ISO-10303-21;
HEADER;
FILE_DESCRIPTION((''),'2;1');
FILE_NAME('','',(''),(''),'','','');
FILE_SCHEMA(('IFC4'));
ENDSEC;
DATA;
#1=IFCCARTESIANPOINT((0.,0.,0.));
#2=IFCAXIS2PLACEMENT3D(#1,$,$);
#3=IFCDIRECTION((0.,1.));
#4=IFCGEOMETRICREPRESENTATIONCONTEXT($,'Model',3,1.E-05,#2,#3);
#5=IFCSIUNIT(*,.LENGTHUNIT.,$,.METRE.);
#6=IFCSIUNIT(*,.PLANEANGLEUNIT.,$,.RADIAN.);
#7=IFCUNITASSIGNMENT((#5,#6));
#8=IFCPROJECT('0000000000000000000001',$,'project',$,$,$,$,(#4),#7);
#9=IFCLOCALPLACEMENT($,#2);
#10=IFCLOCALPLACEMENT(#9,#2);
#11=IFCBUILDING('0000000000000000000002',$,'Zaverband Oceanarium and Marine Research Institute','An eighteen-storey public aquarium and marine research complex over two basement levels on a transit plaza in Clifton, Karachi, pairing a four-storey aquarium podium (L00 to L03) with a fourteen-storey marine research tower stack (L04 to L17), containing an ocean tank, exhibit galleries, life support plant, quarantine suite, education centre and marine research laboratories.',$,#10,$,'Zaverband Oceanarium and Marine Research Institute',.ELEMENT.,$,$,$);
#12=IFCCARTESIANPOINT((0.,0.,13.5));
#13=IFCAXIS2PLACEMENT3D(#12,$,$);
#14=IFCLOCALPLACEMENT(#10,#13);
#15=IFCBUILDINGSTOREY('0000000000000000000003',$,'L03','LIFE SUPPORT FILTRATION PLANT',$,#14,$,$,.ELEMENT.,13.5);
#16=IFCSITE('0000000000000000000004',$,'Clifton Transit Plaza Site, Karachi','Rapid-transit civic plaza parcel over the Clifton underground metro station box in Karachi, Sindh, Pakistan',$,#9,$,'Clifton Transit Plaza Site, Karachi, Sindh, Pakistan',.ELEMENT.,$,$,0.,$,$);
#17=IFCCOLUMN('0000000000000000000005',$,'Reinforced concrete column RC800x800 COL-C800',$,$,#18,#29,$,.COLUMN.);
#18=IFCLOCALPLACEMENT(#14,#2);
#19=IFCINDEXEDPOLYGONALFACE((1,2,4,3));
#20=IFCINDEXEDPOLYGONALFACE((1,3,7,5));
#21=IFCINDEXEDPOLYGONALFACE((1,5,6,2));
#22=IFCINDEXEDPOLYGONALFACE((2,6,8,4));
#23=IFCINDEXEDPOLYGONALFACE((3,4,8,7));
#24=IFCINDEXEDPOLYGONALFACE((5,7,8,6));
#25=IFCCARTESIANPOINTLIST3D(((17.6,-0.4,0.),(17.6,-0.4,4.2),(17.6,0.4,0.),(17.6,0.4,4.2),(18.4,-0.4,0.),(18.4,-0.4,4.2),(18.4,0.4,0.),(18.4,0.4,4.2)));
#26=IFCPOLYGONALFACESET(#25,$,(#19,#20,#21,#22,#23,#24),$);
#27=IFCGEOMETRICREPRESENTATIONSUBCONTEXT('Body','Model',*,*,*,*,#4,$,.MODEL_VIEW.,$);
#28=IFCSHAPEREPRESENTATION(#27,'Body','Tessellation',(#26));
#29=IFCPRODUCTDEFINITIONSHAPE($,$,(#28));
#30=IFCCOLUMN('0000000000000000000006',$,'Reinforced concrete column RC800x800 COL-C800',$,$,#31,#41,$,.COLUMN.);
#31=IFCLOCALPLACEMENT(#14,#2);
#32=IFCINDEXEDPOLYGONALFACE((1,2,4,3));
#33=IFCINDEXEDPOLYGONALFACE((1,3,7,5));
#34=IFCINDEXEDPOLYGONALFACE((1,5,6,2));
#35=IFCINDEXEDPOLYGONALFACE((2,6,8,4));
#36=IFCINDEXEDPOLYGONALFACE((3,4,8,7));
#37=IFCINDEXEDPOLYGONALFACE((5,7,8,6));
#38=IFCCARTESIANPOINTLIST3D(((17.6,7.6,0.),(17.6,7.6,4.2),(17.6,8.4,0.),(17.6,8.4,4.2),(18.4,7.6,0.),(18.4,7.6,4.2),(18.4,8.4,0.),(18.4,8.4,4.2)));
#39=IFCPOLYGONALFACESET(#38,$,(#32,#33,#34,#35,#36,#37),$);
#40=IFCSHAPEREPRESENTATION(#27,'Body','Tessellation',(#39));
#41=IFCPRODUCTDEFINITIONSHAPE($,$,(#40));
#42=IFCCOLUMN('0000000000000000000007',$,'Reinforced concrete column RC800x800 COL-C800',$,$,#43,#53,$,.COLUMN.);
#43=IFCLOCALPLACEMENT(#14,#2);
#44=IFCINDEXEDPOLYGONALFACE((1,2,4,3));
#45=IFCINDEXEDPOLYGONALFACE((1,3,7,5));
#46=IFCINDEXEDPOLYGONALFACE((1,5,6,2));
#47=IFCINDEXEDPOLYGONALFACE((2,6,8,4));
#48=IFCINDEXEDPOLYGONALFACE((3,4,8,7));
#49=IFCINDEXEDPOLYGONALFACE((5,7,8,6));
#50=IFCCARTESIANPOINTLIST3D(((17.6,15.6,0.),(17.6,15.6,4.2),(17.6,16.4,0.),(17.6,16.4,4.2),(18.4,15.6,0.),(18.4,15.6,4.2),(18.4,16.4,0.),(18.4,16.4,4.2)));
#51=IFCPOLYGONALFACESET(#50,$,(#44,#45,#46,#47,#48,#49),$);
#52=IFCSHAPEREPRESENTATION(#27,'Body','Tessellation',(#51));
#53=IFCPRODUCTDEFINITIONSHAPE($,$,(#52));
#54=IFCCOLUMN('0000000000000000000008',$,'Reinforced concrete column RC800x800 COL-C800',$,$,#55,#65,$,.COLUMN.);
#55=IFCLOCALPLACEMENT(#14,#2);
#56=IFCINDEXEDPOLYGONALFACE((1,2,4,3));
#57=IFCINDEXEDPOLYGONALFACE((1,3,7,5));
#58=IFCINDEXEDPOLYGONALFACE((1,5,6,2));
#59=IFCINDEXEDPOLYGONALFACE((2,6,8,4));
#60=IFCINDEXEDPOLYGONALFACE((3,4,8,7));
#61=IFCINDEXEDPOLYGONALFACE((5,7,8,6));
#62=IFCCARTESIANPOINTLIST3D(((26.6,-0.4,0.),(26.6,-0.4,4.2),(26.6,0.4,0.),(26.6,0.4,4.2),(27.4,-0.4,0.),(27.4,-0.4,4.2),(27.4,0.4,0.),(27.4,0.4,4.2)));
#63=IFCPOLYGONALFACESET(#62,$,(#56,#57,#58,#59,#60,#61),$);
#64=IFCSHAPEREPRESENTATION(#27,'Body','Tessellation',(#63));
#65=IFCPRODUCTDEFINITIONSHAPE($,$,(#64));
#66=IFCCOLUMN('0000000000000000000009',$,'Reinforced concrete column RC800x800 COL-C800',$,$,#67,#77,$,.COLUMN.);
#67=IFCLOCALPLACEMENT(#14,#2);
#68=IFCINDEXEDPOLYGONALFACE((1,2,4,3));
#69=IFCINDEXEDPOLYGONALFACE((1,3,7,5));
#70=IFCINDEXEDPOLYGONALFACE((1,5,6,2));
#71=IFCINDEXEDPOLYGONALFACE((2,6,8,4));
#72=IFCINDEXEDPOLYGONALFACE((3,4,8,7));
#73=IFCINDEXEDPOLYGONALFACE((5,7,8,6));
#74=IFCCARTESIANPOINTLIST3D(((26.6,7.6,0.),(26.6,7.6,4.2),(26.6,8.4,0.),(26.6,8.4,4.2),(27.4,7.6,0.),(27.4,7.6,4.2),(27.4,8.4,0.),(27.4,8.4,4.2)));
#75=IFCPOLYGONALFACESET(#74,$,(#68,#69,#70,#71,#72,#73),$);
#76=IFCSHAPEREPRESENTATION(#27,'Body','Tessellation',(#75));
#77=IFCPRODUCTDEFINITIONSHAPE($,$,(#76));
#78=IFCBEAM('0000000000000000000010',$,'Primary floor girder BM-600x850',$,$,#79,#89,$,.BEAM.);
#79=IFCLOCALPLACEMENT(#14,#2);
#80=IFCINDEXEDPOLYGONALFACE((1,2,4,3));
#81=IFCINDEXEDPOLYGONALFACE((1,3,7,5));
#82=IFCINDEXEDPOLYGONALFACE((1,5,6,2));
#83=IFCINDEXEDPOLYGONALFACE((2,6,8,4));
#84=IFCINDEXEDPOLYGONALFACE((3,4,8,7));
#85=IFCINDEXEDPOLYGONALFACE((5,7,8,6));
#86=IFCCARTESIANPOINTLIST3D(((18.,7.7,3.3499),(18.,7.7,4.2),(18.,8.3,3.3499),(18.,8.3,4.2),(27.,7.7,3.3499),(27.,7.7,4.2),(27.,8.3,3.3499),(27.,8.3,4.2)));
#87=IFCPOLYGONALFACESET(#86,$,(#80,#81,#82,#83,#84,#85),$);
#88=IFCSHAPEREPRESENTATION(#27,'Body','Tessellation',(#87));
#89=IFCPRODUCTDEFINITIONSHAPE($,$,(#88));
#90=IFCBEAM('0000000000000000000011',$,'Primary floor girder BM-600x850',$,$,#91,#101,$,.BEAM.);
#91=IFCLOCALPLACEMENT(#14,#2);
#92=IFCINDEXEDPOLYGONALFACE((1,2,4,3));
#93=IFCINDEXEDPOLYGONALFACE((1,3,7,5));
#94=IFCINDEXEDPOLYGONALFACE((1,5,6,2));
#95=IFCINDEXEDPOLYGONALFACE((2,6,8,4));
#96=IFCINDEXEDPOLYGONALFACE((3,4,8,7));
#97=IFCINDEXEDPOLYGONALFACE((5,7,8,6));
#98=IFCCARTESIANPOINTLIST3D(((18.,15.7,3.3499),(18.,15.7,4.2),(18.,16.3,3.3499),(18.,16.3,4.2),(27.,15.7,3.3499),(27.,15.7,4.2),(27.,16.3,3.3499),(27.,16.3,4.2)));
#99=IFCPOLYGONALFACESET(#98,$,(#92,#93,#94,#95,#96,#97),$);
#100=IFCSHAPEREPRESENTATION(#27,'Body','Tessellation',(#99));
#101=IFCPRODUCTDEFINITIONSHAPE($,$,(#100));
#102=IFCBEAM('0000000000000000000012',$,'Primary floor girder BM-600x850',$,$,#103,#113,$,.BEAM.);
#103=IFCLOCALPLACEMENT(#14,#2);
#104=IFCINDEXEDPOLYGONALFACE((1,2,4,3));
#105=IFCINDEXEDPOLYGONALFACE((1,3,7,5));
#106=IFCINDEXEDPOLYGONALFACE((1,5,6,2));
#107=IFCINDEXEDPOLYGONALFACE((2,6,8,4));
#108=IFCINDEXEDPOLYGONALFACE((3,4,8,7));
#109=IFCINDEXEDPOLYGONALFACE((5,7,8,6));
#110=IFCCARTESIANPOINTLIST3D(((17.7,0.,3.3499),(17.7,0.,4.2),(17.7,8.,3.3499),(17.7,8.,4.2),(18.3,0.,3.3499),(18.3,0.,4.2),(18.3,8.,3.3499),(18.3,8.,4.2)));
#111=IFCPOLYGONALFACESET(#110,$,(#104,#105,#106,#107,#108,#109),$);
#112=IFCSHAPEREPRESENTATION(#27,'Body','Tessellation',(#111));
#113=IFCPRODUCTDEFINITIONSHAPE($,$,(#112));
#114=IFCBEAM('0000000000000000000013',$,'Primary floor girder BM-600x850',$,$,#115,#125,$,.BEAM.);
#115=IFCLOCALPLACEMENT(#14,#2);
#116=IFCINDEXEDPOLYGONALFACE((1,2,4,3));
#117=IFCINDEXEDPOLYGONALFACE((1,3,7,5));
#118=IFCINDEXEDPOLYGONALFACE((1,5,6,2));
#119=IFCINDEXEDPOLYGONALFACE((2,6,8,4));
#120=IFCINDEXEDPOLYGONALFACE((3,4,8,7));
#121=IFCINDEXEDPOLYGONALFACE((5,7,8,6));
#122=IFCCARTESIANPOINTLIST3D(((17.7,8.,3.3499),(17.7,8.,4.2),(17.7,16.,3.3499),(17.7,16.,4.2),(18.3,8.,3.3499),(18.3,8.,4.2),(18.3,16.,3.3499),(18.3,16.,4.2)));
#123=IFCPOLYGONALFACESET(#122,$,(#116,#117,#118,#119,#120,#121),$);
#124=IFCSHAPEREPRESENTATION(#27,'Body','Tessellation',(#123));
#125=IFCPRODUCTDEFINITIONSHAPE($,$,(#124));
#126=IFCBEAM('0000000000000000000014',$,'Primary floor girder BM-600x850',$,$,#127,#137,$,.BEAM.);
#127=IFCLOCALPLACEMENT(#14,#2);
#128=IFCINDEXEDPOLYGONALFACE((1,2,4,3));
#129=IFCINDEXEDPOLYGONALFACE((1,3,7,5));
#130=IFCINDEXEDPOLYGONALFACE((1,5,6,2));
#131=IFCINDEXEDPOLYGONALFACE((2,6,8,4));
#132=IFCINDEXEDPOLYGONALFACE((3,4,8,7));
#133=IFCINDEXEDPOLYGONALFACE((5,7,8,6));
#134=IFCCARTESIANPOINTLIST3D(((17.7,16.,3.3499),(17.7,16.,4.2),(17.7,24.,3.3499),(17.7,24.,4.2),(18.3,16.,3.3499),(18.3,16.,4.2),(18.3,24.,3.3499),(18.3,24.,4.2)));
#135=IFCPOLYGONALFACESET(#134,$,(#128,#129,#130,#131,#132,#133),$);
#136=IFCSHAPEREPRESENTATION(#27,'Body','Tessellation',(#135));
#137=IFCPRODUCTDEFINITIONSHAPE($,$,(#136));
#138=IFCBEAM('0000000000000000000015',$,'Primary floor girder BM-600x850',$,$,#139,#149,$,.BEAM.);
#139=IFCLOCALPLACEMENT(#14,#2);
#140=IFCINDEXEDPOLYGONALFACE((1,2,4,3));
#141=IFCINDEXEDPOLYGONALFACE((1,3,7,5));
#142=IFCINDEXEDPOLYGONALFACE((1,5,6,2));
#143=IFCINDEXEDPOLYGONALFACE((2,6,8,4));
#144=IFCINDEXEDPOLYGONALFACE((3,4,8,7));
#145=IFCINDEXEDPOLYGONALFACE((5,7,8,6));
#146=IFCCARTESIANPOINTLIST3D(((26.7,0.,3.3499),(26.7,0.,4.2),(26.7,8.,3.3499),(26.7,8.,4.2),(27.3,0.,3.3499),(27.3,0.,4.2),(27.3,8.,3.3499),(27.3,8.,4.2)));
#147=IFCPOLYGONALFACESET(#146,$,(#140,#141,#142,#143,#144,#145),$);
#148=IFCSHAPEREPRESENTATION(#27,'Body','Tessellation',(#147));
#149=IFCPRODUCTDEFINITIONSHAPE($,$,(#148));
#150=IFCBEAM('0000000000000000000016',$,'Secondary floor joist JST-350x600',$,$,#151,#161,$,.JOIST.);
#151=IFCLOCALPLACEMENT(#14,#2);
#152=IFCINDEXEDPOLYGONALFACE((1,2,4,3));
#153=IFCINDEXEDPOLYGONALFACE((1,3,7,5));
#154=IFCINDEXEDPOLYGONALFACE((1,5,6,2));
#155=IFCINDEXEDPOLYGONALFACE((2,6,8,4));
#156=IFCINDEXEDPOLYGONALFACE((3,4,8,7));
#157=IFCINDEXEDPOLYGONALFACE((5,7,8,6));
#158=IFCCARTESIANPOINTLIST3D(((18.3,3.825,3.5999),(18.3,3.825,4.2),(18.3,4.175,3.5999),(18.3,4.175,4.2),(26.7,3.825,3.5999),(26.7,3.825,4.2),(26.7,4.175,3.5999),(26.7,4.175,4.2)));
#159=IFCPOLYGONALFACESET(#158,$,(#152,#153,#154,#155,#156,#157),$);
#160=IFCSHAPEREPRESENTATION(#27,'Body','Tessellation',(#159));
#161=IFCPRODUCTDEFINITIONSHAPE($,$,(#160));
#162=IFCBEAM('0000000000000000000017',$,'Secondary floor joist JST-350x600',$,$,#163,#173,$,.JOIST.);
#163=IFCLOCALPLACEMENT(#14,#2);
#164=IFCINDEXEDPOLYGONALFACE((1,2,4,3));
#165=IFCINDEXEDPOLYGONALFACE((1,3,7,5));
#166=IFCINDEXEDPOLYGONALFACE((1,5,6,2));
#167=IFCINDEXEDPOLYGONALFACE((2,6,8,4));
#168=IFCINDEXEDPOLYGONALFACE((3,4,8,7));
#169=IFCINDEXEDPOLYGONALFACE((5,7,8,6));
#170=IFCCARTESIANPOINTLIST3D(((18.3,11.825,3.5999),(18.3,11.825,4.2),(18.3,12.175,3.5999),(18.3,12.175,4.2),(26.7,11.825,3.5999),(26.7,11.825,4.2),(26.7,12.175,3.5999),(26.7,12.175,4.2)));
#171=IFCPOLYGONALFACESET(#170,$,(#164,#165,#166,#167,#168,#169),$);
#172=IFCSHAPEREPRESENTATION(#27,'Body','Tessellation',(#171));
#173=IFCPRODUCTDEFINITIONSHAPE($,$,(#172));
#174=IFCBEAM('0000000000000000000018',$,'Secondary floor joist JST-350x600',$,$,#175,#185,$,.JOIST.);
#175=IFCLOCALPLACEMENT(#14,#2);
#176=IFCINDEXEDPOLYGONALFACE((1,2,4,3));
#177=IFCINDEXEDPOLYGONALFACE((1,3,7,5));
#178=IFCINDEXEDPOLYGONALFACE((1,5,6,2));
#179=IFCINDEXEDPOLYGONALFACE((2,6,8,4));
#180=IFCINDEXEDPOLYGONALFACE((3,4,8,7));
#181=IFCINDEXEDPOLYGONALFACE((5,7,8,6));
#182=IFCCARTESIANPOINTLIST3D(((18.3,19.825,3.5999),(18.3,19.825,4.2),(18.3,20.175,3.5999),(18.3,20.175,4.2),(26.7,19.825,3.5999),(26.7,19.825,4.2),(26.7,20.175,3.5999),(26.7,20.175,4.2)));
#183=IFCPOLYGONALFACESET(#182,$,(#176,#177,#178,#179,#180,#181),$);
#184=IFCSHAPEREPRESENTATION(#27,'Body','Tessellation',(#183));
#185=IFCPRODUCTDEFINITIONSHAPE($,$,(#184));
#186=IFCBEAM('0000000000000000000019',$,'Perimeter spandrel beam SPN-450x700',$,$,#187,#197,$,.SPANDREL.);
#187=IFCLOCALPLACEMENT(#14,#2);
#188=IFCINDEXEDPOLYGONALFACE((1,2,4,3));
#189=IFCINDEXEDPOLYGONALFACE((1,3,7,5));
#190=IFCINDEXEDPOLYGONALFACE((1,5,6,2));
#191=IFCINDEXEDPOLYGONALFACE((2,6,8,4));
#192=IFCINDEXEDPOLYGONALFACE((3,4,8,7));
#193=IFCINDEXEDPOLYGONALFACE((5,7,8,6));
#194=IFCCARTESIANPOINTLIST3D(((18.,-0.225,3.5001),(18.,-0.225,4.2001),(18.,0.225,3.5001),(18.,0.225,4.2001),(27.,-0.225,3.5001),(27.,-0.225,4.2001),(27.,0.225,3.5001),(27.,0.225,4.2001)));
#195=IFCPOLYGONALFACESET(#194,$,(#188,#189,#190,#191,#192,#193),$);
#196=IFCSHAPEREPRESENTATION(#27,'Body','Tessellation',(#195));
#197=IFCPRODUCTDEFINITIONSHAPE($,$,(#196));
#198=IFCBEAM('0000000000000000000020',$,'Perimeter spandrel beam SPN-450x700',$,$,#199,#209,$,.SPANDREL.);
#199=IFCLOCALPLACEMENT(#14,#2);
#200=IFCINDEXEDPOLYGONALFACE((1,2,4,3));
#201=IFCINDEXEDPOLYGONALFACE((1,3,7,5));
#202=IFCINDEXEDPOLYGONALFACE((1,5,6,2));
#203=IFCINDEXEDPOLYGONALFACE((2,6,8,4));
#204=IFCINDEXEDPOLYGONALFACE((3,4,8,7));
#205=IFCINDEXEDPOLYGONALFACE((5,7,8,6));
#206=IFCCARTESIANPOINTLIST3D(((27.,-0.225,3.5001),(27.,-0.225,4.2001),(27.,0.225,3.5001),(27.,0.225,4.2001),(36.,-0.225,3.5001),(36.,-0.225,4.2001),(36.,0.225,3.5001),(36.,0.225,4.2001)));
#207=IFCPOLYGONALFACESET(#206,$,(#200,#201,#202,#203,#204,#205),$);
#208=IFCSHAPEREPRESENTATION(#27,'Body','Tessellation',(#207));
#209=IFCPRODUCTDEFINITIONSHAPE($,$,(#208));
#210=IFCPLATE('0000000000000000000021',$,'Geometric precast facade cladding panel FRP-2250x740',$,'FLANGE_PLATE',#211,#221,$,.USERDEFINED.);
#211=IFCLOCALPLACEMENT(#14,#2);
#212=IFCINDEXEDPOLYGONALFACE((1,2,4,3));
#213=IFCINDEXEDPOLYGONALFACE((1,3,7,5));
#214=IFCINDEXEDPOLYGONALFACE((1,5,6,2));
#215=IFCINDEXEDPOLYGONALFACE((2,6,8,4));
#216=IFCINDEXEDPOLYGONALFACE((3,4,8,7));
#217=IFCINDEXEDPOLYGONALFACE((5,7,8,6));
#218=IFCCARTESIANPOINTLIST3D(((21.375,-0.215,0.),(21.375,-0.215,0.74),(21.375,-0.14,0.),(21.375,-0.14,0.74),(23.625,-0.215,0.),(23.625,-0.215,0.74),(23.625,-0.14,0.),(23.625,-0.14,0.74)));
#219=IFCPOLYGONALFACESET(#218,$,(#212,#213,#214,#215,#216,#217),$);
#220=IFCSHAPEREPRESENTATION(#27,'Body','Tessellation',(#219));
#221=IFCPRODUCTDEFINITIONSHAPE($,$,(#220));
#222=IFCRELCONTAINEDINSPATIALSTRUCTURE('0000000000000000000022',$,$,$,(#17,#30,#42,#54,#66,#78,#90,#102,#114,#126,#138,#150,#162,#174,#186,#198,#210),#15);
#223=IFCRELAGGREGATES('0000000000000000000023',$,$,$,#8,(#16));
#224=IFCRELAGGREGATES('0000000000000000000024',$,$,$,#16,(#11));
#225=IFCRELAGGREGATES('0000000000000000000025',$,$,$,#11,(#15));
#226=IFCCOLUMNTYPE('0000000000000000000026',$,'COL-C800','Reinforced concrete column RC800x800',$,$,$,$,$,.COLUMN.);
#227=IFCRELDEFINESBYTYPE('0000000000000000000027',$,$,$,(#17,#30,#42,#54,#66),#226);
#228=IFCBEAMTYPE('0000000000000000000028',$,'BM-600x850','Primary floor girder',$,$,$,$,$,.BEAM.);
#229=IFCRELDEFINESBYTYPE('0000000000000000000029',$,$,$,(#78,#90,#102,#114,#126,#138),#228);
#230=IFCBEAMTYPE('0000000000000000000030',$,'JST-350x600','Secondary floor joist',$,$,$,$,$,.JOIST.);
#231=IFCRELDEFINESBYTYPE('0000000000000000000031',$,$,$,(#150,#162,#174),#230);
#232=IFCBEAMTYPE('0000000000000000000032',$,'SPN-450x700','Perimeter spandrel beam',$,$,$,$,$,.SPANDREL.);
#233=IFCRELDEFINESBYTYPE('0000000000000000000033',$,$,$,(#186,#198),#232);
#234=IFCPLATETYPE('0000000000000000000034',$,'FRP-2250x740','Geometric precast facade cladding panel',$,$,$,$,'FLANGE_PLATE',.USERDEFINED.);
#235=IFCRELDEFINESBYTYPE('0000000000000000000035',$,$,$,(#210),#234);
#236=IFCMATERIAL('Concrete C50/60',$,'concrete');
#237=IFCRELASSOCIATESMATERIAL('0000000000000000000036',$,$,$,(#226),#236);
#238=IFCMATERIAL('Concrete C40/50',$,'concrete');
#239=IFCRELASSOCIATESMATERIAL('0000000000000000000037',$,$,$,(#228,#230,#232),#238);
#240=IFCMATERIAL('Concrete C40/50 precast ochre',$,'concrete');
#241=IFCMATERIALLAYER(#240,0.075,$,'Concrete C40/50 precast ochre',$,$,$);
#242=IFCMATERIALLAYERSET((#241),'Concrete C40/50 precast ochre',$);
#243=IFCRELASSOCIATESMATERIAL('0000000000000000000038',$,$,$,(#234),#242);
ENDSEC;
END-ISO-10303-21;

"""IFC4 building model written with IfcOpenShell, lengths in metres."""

from ifc_helpers import new_model, si_unit, direction, frame, frame_2d, origin, origin_2d, place, context, subcontext, project, spatial, rectangle, extrude, material, layer, layer_set, material_profile, profile_set, type_object, element, save


model = new_model("IFC4")

# Units and contexts
model_context = context("Model", 3, precision=1e-05, world=origin(), true_north=direction((0.0, 1.0)))
body_context = subcontext(model_context, "Body", "Model", "MODEL_VIEW")
ifc_project = project(units=[si_unit("LENGTHUNIT", "METRE"), si_unit("PLANEANGLEUNIT", "RADIAN")], contexts=[model_context])

# Site, building, storey
site_placement = place(None, origin())
site = spatial("IfcSite", under=ifc_project, at=site_placement, Name="Clifton Transit Plaza Site, Karachi", Description="Rapid-transit civic plaza parcel over the Clifton underground metro station box in Karachi, Sindh, Pakistan", LongName="Clifton Transit Plaza Site, Karachi, Sindh, Pakistan", CompositionType="ELEMENT", RefElevation=0.0)
building_placement = place(site_placement, origin())
building = spatial("IfcBuilding", under=site, at=building_placement, Name="Zaverband Oceanarium and Marine Research Institute", Description="An eighteen-storey public aquarium and marine research complex over two basement levels on a transit plaza in Clifton, Karachi, pairing a four-storey aquarium podium (L00 to L03) with a fourteen-storey marine research tower stack (L04 to L17), containing an ocean tank, exhibit galleries, life support plant, quarantine suite, education centre and marine research laboratories.", LongName="Zaverband Oceanarium and Marine Research Institute", CompositionType="ELEMENT")
storey_placement = place(building_placement, frame((0.0, 0.0, 13.5)))
storey = spatial("IfcBuildingStorey", under=building, at=storey_placement, Name="L03", Description="LIFE SUPPORT FILTRATION PLANT", CompositionType="ELEMENT", Elevation=13.5)

# Columns
ifc_material_1 = material(Name="Concrete C50/60", Category="concrete")
ifc_material_profile_1 = material_profile(ifc_material_1, rectangle(XDim=0.8, YDim=0.8, at=origin_2d()), Name="RC800x800")
ifc_profile_set_1 = profile_set([ifc_material_profile_1], Name="Concrete C50/60")
column_type = type_object("IfcColumnType", Name="COL-C800", Description="Reinforced concrete column RC800x800", PredefinedType="COLUMN", material=ifc_profile_set_1)
for number, where, z_axis, x_axis, name in (
    (1, (18.0, 0.0, 0.0), (0.0, 0.0, 1.0), (1.0, 0.0, 0.0), "Reinforced concrete column RC800x800 COL-C800"),
    (2, (18.0, 8.0, 0.0), (0.0, 0.0, 1.0), (1.0, 0.0, 0.0), "Reinforced concrete column RC800x800 COL-C800"),
    (3, (18.0, 16.0, 0.0), (0.0, 0.0, 1.0), (1.0, 0.0, 0.0), "Reinforced concrete column RC800x800 COL-C800"),
    (4, (27.0, 0.0, 0.0), (0.0, 0.0, 1.0), (1.0, 0.0, 0.0), "Reinforced concrete column RC800x800 COL-C800"),
    (5, (27.0, 8.0, 0.0), (0.0, 0.0, 1.0), (1.0, 0.0, 0.0), "Reinforced concrete column RC800x800 COL-C800"),
):
    element("IfcColumn", number, at=place(storey_placement, frame(where, z_axis=z_axis, x_axis=x_axis)), inside=storey, type_object=column_type, Name=name, PredefinedType="COLUMN", context=body_context, shape_type="SweptSolid", body=[
        extrude(rectangle(XDim=0.8, YDim=0.8, at=origin_2d()), origin(), (0.0, 0.0, 1.0), 4.2),
    ])

# Beams
ifc_material_2 = material(Name="Concrete C40/50", Category="concrete")
ifc_material_profile_2 = material_profile(ifc_material_2, rectangle(XDim=0.6001, YDim=0.8501, at=origin_2d()), Name="RC600x850")
ifc_profile_set_2 = profile_set([ifc_material_profile_2], Name="Concrete C40/50")
beam_type_1 = type_object("IfcBeamType", Name="BM-600x850", Description="Primary floor girder", PredefinedType="BEAM", material=ifc_profile_set_2)
for number, where, z_axis, x_axis, name in (
    (6, (18.0, 8.0, 3.7749), (1.0, 0.0, 0.0), (0.0, 1.0, 0.0), "Primary floor girder BM-600x850"),
    (7, (18.0, 16.0, 3.7749), (1.0, 0.0, 0.0), (0.0, 1.0, 0.0), "Primary floor girder BM-600x850"),
):
    element("IfcBeam", number, at=place(storey_placement, frame(where, z_axis=z_axis, x_axis=x_axis)), inside=storey, type_object=beam_type_1, Name=name, PredefinedType="BEAM", context=body_context, shape_type="SweptSolid", body=[
        extrude(rectangle(XDim=0.6001, YDim=0.8501, at=origin_2d()), origin(), (0.0, 0.0, 1.0), 9.0),
    ])
for number, where, z_axis, x_axis, name in (
    (8, (18.0, 0.0, 3.7749), (0.0, 1.0, 0.0), (-1.0, 0.0, 0.0), "Primary floor girder BM-600x850"),
    (9, (18.0, 8.0, 3.7749), (0.0, 1.0, 0.0), (-1.0, 0.0, 0.0), "Primary floor girder BM-600x850"),
    (10, (18.0, 16.0, 3.7749), (0.0, 1.0, 0.0), (-1.0, 0.0, 0.0), "Primary floor girder BM-600x850"),
    (11, (27.0, 0.0, 3.7749), (0.0, 1.0, 0.0), (-1.0, 0.0, 0.0), "Primary floor girder BM-600x850"),
):
    element("IfcBeam", number, at=place(storey_placement, frame(where, z_axis=z_axis, x_axis=x_axis)), inside=storey, type_object=beam_type_1, Name=name, PredefinedType="BEAM", context=body_context, shape_type="SweptSolid", body=[
        extrude(rectangle(XDim=0.6001, YDim=0.8501, at=origin_2d()), origin(), (0.0, 0.0, 1.0), 8.0),
    ])
ifc_material_profile_3 = material_profile(ifc_material_2, rectangle(XDim=0.3501, YDim=0.6001, at=origin_2d()), Name="RC350x600")
ifc_profile_set_3 = profile_set([ifc_material_profile_3], Name="Concrete C40/50")
beam_type_2 = type_object("IfcBeamType", Name="JST-350x600", Description="Secondary floor joist", PredefinedType="JOIST", material=ifc_profile_set_3)
for number, where, z_axis, x_axis, name in (
    (12, (18.3, 4.0, 3.8999), (1.0, 0.0, 0.0), (0.0, 1.0, 0.0), "Secondary floor joist JST-350x600"),
    (13, (18.3, 12.0, 3.8999), (1.0, 0.0, 0.0), (0.0, 1.0, 0.0), "Secondary floor joist JST-350x600"),
    (14, (18.3, 20.0, 3.8999), (1.0, 0.0, 0.0), (0.0, 1.0, 0.0), "Secondary floor joist JST-350x600"),
):
    element("IfcBeam", number, at=place(storey_placement, frame(where, z_axis=z_axis, x_axis=x_axis)), inside=storey, type_object=beam_type_2, Name=name, PredefinedType="JOIST", context=body_context, shape_type="SweptSolid", body=[
        extrude(rectangle(XDim=0.3501, YDim=0.6001, at=origin_2d()), origin(), (0.0, 0.0, 1.0), 8.3999),
    ])
ifc_material_profile_4 = material_profile(ifc_material_2, rectangle(XDim=0.45, YDim=0.7, at=origin_2d()), Name="RC450x700")
ifc_profile_set_4 = profile_set([ifc_material_profile_4], Name="Concrete C40/50")
beam_type_3 = type_object("IfcBeamType", Name="SPN-450x700", Description="Perimeter spandrel beam", PredefinedType="SPANDREL", material=ifc_profile_set_4)
for number, where, z_axis, x_axis, name in (
    (15, (18.0, 0.0, 3.8501), (1.0, 0.0, 0.0), (0.0, 1.0, 0.0), "Perimeter spandrel beam SPN-450x700"),
    (16, (27.0, 0.0, 3.8501), (1.0, 0.0, 0.0), (0.0, 1.0, 0.0), "Perimeter spandrel beam SPN-450x700"),
):
    element("IfcBeam", number, at=place(storey_placement, frame(where, z_axis=z_axis, x_axis=x_axis)), inside=storey, type_object=beam_type_3, Name=name, PredefinedType="SPANDREL", context=body_context, shape_type="SweptSolid", body=[
        extrude(rectangle(XDim=0.45, YDim=0.7, at=origin_2d()), origin(), (0.0, 0.0, 1.0), 9.0),
    ])

# Plate
ifc_material_3 = material(Name="Concrete C40/50 precast ochre", Category="concrete")
ifc_layer_1 = layer(ifc_material_3, 0.075, Name="Concrete C40/50 precast ochre")
ifc_layer_set_1 = layer_set([ifc_layer_1], Name="Concrete C40/50 precast ochre")
plate_type = type_object("IfcPlateType", Name="FRP-2250x740", Description="Geometric precast facade cladding panel", ElementType="FLANGE_PLATE", PredefinedType="USERDEFINED", material=ifc_layer_set_1)
plate_placement = place(storey_placement, frame((21.375, -0.1775, 0.0), z_axis=(0.0, 0.0, 1.0), x_axis=(1.0, 0.0, 0.0)))
element("IfcPlate", 17, at=plate_placement, inside=storey, type_object=plate_type, Name="Geometric precast facade cladding panel FRP-2250x740", ObjectType="FLANGE_PLATE", PredefinedType="USERDEFINED", context=body_context, shape_type="SweptSolid", body=[
    extrude(rectangle(XDim=2.25, YDim=0.075, at=frame_2d((1.125, 0.0))), origin(), (0.0, 0.0, 1.0), 0.74),
])

save(model, "model.ifc")
